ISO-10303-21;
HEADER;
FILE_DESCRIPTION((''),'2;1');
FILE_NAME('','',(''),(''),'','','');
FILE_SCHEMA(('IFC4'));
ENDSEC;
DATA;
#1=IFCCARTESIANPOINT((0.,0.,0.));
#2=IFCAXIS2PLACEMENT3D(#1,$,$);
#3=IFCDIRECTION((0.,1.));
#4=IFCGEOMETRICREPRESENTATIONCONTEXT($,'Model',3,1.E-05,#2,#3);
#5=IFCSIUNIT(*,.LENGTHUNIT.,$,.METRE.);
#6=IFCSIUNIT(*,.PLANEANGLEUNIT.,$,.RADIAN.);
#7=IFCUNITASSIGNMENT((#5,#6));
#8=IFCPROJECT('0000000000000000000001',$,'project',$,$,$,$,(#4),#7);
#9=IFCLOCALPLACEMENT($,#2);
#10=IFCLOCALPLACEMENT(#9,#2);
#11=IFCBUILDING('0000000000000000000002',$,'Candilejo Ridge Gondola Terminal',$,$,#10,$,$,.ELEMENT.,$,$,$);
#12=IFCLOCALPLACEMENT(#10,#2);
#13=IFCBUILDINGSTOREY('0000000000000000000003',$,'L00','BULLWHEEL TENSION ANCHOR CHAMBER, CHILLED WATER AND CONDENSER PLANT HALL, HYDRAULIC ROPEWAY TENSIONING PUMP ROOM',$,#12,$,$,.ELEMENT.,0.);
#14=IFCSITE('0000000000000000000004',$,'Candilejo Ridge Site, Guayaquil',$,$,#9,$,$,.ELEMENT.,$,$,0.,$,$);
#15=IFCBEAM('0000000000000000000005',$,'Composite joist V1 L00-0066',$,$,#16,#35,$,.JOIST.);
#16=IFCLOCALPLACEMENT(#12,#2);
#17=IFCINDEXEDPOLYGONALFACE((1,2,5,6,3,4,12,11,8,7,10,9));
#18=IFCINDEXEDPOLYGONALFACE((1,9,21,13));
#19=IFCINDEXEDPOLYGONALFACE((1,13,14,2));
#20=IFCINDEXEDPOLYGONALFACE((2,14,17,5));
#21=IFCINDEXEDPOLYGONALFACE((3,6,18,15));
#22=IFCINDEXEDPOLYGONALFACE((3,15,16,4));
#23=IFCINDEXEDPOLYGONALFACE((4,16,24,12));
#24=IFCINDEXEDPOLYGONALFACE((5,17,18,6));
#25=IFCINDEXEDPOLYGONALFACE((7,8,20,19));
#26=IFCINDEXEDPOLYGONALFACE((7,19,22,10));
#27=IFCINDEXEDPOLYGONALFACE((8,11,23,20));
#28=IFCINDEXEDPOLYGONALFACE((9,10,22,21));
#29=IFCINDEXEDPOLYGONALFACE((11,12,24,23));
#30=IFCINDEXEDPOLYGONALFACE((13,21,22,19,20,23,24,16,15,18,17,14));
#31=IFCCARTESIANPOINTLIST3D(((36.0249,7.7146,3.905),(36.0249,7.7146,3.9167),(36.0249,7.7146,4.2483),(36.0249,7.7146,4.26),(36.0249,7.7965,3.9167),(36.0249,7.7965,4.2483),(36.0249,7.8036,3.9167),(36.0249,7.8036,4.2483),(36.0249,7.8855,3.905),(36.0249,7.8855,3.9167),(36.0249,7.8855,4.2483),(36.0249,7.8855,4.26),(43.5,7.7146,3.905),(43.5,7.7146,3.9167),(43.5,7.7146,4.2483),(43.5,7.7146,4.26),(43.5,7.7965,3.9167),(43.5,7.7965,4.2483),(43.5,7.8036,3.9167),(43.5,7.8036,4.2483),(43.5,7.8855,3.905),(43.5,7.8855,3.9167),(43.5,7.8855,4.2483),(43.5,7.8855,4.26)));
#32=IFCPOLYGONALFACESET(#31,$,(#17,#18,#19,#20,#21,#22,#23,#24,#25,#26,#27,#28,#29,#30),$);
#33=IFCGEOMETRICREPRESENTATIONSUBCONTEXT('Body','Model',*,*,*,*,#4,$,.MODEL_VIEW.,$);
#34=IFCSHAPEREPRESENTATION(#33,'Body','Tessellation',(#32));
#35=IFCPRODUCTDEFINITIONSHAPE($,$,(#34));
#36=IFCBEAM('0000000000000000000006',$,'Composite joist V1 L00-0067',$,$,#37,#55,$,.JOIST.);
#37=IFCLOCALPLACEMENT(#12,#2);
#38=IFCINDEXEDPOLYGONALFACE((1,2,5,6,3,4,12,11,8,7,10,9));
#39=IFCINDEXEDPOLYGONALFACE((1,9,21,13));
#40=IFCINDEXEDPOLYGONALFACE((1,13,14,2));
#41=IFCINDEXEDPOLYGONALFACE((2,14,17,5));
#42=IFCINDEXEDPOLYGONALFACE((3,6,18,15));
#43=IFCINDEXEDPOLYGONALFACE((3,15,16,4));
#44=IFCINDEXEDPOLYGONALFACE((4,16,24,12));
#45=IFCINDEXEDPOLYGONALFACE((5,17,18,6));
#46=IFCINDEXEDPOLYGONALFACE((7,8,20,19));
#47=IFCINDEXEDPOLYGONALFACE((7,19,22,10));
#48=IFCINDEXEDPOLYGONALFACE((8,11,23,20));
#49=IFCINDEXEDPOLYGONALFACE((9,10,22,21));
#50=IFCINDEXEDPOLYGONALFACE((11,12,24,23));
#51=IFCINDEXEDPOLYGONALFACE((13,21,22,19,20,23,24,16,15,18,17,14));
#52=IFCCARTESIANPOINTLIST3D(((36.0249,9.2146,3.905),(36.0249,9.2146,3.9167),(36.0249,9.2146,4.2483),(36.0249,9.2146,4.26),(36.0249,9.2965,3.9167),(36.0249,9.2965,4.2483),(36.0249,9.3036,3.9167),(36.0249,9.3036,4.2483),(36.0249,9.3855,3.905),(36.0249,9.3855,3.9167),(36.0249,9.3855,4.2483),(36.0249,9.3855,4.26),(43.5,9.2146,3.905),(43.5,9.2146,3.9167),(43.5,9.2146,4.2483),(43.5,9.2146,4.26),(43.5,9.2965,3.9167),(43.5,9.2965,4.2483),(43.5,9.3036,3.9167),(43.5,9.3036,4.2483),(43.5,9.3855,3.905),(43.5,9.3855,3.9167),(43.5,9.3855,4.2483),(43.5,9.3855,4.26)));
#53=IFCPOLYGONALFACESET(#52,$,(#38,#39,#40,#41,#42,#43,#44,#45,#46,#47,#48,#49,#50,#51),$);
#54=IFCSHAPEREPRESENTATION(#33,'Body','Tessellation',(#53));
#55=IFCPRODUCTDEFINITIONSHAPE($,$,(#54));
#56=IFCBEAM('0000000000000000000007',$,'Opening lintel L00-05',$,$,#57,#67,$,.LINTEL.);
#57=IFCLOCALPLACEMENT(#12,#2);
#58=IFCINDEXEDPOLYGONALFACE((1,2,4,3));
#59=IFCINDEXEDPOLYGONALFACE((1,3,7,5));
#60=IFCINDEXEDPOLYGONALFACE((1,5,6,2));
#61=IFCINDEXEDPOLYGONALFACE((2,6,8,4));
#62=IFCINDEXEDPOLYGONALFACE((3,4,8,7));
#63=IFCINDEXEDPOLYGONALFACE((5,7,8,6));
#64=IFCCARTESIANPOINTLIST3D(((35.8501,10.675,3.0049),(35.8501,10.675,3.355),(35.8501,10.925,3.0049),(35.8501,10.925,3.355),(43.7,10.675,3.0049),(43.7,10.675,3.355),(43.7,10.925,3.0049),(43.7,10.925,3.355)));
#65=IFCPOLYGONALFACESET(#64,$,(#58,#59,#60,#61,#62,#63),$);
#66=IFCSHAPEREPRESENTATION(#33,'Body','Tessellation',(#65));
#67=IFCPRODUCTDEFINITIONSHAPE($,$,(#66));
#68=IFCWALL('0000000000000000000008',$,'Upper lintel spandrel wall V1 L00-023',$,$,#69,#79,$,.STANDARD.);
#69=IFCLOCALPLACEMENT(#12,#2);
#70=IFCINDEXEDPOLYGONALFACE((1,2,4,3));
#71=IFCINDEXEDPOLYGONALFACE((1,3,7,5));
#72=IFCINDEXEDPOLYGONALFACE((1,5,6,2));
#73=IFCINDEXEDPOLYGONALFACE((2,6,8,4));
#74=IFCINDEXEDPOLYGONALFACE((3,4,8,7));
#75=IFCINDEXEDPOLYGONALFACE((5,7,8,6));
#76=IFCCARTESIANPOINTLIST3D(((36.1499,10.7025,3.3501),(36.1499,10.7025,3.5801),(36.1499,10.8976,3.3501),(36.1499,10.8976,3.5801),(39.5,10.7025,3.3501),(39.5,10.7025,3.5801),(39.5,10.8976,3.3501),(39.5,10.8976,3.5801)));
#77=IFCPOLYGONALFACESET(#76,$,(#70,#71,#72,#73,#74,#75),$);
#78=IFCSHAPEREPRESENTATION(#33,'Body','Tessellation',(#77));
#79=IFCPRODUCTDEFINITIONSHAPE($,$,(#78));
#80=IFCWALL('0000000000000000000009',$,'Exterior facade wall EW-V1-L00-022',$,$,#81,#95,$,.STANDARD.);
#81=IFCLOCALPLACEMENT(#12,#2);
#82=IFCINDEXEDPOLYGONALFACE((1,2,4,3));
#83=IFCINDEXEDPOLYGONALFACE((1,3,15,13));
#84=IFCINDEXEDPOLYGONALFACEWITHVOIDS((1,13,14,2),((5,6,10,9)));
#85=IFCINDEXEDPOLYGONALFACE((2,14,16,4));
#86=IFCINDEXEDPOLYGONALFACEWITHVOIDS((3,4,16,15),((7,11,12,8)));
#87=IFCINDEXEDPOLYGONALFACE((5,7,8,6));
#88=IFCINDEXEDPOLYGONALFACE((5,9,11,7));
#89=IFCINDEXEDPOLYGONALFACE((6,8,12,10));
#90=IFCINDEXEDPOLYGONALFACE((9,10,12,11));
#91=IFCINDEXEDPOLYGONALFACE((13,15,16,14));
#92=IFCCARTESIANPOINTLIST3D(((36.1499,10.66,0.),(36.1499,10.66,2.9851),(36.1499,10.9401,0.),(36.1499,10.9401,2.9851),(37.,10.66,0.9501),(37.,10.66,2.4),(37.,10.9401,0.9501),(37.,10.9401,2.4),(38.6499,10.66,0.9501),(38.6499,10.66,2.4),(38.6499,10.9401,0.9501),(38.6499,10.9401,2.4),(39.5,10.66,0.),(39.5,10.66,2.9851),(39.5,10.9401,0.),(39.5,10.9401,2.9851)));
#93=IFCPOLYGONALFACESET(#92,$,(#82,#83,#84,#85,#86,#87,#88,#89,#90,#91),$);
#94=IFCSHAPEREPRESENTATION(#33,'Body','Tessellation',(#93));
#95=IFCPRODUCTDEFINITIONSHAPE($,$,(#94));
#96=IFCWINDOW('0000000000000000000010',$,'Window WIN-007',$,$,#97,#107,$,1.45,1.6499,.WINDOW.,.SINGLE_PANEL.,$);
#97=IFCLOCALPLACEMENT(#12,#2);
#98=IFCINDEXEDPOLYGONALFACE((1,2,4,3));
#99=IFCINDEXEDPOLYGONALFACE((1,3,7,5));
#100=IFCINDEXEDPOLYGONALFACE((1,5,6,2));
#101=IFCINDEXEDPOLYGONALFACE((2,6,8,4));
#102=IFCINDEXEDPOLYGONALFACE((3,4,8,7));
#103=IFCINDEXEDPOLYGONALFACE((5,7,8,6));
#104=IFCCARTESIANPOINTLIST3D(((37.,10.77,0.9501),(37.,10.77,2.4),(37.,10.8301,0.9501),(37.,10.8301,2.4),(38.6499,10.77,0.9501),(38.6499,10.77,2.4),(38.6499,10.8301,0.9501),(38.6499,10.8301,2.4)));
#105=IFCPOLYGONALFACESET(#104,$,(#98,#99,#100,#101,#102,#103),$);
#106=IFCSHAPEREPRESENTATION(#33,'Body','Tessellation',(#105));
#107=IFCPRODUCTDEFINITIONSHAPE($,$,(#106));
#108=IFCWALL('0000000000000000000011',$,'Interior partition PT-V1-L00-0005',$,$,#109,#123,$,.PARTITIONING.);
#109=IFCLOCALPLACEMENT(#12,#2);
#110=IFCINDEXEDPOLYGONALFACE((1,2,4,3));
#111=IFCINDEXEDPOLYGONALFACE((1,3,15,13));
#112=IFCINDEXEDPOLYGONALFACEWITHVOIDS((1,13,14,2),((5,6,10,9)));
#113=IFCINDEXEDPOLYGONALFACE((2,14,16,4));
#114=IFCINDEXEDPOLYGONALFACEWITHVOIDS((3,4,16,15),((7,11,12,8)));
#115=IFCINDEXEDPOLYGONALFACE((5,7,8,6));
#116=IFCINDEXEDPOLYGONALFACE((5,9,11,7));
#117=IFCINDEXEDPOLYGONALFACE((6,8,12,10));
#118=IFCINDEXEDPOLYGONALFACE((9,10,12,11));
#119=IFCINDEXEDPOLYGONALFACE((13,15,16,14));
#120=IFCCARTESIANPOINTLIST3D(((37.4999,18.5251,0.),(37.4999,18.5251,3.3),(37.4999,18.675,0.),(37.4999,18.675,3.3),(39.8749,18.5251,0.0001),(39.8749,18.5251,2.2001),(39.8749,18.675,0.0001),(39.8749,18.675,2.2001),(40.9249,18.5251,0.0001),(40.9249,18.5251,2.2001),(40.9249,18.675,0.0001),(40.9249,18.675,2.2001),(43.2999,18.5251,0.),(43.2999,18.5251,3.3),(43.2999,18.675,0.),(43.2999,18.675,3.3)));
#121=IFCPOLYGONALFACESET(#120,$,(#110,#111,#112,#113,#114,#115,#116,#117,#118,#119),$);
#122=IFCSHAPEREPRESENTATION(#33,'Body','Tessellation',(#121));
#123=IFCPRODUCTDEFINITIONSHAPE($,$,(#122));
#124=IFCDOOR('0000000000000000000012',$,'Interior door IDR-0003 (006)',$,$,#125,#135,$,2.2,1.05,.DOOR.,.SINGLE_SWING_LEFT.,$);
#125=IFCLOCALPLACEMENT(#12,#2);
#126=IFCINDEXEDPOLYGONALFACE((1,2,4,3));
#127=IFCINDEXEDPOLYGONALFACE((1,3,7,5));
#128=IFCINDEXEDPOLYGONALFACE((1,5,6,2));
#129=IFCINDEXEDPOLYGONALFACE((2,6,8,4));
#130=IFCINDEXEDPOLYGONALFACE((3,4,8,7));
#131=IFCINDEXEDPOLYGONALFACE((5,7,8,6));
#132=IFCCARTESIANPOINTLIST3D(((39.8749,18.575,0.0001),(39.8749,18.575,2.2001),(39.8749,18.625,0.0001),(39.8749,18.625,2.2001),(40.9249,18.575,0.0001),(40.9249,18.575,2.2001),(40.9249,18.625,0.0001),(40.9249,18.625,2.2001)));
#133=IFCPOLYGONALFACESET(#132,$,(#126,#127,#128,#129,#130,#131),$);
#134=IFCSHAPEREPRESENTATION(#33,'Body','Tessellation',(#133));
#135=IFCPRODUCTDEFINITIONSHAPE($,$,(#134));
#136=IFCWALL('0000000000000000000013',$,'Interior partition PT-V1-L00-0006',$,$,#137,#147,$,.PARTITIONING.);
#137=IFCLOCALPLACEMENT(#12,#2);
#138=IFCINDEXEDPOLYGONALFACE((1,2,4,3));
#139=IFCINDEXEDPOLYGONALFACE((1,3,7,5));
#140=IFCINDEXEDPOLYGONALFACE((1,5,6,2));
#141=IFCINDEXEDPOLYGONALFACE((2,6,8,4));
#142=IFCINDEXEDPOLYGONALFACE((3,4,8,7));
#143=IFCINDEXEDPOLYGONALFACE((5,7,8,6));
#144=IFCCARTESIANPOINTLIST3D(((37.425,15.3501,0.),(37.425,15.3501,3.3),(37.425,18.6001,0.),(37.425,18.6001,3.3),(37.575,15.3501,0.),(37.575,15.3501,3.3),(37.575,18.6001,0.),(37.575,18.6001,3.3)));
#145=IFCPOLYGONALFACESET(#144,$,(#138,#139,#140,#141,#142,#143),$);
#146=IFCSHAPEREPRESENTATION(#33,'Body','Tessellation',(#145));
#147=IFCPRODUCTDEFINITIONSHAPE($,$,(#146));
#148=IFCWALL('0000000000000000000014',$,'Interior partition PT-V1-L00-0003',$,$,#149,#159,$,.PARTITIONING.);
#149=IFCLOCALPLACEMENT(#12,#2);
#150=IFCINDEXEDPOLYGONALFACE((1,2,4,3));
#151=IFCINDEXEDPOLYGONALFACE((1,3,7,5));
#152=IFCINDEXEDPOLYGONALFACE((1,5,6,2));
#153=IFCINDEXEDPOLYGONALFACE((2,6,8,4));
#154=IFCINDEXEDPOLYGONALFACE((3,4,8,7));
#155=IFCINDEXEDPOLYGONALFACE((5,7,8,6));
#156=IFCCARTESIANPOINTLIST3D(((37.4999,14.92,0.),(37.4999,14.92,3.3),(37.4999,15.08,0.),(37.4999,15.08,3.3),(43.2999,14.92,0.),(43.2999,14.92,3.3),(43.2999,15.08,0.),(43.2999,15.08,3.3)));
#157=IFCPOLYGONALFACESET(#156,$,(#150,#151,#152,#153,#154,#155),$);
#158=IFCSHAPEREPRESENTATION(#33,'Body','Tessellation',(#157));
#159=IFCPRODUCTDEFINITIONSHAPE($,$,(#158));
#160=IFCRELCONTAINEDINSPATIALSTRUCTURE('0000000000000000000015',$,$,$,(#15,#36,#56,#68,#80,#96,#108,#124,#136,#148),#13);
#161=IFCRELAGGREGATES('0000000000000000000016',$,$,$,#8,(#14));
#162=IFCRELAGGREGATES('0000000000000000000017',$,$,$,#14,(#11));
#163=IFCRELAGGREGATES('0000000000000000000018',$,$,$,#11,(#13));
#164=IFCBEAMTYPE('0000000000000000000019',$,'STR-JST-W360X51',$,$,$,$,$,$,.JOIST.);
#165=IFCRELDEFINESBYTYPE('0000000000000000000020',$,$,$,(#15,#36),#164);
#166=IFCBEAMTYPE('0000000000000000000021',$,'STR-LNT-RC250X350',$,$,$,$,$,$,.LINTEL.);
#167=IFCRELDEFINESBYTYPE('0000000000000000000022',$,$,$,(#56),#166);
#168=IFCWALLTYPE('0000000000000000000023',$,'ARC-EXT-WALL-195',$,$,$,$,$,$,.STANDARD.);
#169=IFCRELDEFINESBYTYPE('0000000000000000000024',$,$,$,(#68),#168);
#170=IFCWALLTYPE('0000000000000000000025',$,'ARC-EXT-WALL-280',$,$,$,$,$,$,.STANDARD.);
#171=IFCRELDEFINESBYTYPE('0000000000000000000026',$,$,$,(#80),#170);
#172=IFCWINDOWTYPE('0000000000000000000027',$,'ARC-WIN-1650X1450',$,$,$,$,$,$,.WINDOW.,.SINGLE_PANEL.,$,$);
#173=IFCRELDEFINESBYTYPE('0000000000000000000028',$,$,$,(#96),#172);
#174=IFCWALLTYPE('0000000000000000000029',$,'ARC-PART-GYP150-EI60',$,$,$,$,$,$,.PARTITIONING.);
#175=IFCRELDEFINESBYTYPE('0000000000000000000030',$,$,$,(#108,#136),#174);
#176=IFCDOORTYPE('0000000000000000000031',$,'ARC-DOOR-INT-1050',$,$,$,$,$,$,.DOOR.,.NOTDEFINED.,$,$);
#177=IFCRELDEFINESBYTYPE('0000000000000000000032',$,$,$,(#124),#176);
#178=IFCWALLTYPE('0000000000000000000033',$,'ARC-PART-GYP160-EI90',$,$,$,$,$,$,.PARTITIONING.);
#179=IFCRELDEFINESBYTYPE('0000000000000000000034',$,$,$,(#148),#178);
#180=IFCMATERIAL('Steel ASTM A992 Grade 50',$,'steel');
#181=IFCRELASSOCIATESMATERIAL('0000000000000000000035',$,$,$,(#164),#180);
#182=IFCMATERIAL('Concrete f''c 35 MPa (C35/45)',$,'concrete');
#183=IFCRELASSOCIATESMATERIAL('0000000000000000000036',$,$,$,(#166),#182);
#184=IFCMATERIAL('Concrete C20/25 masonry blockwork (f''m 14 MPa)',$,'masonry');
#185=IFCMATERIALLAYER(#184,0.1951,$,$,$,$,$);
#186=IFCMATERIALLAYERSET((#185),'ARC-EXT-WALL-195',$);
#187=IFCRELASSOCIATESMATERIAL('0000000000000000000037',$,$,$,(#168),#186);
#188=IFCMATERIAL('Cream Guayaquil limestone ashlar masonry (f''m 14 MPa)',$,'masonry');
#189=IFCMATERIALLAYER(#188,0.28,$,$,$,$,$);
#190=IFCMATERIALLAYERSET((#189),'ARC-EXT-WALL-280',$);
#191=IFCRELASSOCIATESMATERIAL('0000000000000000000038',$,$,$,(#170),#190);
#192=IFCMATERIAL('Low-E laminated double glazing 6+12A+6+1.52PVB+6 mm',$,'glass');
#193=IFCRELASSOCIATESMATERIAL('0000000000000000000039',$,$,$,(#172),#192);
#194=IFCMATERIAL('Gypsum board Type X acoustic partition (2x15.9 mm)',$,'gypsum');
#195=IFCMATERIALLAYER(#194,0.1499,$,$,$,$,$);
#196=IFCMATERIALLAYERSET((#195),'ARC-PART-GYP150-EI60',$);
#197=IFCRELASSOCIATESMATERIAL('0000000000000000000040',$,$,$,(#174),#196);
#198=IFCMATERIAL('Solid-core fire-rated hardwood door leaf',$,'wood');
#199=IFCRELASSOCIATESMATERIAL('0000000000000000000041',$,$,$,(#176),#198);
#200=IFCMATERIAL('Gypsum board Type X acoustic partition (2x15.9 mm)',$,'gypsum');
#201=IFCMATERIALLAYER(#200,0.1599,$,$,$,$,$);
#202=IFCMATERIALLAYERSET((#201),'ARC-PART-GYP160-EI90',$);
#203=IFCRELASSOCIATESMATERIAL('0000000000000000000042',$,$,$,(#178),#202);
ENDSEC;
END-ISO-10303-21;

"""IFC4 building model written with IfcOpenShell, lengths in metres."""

from ifc_helpers import new_model, si_unit, direction, frame, frame_2d, origin, origin_2d, place, context, subcontext, project, spatial, rectangle, i_section, extrude, material, layer, layer_set, material_profile, profile_set, type_object, element, fill, save


model = new_model("IFC4")

# Units and contexts
model_context = context("Model", 3, precision=1e-05, world=origin(), true_north=direction((0.0, 1.0)))
body_context = subcontext(model_context, "Body", "Model", "MODEL_VIEW")
ifc_project = project(units=[si_unit("LENGTHUNIT", "METRE"), si_unit("PLANEANGLEUNIT", "RADIAN")], contexts=[model_context])

# Site, building, storey
site_placement = place(None, origin())
site = spatial("IfcSite", under=ifc_project, at=site_placement, Name="Candilejo Ridge Site, Guayaquil", CompositionType="ELEMENT", RefElevation=0.0)
building_placement = place(site_placement, origin())
building = spatial("IfcBuilding", under=site, at=building_placement, Name="Candilejo Ridge Gondola Terminal", CompositionType="ELEMENT")
storey_placement = place(building_placement, origin())
storey = spatial("IfcBuildingStorey", under=building, at=storey_placement, Name="L00", Description="BULLWHEEL TENSION ANCHOR CHAMBER, CHILLED WATER AND CONDENSER PLANT HALL, HYDRAULIC ROPEWAY TENSIONING PUMP ROOM", CompositionType="ELEMENT", Elevation=0.0)

# Beams
ifc_material_1 = material(Name="Steel ASTM A992 Grade 50", Category="steel")
ifc_material_profile_1 = material_profile(ifc_material_1, i_section(OverallWidth=0.1709, OverallDepth=0.355, WebThickness=0.0071, FlangeThickness=0.0117, at=origin_2d()))
ifc_profile_set_1 = profile_set([ifc_material_profile_1], Name="Steel ASTM A992 Grade 50")
beam_type_1 = type_object("IfcBeamType", Name="STR-JST-W360X51", PredefinedType="JOIST", material=ifc_profile_set_1)
for number, where, z_axis, x_axis, name in (
    (1, (36.0249, 7.8, 4.0825), (1.0, 0.0, 0.0), (0.0, 1.0, 0.0), "Composite joist V1 L00-0066"),
    (2, (36.0249, 9.3, 4.0825), (1.0, 0.0, 0.0), (0.0, 1.0, 0.0), "Composite joist V1 L00-0067"),
):
    element("IfcBeam", number, at=place(storey_placement, frame(where, z_axis=z_axis, x_axis=x_axis)), inside=storey, type_object=beam_type_1, Name=name, PredefinedType="JOIST", context=body_context, shape_type="SweptSolid", body=[
        extrude(i_section(OverallWidth=0.1709, OverallDepth=0.355, WebThickness=0.0071, FlangeThickness=0.0117, at=origin_2d()), origin(), (0.0, 0.0, 1.0), 7.4751),
    ])
ifc_material_2 = material(Name="Concrete f'c 35 MPa (C35/45)", Category="concrete")
ifc_material_profile_2 = material_profile(ifc_material_2, rectangle(XDim=0.25, YDim=0.3501, at=origin_2d()))
ifc_profile_set_2 = profile_set([ifc_material_profile_2], Name="Concrete f'c 35 MPa (C35/45)")
beam_type_2 = type_object("IfcBeamType", Name="STR-LNT-RC250X350", PredefinedType="LINTEL", material=ifc_profile_set_2)
beam_1_placement = place(storey_placement, frame((35.8501, 10.8, 3.1799), z_axis=(1.0, 0.0, 0.0), x_axis=(0.0, 1.0, 0.0)))
element("IfcBeam", 3, at=beam_1_placement, inside=storey, type_object=beam_type_2, Name="Opening lintel L00-05", PredefinedType="LINTEL", context=body_context, shape_type="SweptSolid", body=[
    extrude(rectangle(XDim=0.25, YDim=0.3501, at=origin_2d()), origin(), (0.0, 0.0, 1.0), 7.8499),
])

# Wall
ifc_material_3 = material(Name="Concrete C20/25 masonry blockwork (f'm 14 MPa)", Category="masonry")
ifc_layer_1 = layer(ifc_material_3, 0.1951)
ifc_layer_set_1 = layer_set([ifc_layer_1], Name="ARC-EXT-WALL-195")
wall_type_1 = type_object("IfcWallType", Name="ARC-EXT-WALL-195", PredefinedType="STANDARD", material=ifc_layer_set_1)
wall_1_placement = place(storey_placement, frame((39.5, 10.8, 3.3501), z_axis=(0.0, 0.0, 1.0), x_axis=(-1.0, 0.0, 0.0)))
element("IfcWall", 4, at=wall_1_placement, inside=storey, type_object=wall_type_1, Name="Upper lintel spandrel wall V1 L00-023", PredefinedType="STANDARD", context=body_context, shape_type="SweptSolid", body=[
    extrude(rectangle(XDim=3.3501, YDim=0.1951, at=frame_2d((1.675, 0.0))), origin(), (0.0, 0.0, 1.0), 0.23),
])

# Wall, opening, window
ifc_material_4 = material(Name="Cream Guayaquil limestone ashlar masonry (f'm 14 MPa)", Category="masonry")
ifc_layer_2 = layer(ifc_material_4, 0.28)
ifc_layer_set_2 = layer_set([ifc_layer_2], Name="ARC-EXT-WALL-280")
wall_type_2 = type_object("IfcWallType", Name="ARC-EXT-WALL-280", PredefinedType="STANDARD", material=ifc_layer_set_2)
wall_2_placement = place(storey_placement, frame((39.5, 10.8, 0.0), z_axis=(0.0, 0.0, 1.0), x_axis=(-1.0, 0.0, 0.0)))
wall_2 = element("IfcWall", 5, at=wall_2_placement, inside=storey, type_object=wall_type_2, Name="Exterior facade wall EW-V1-L00-022", PredefinedType="STANDARD", context=body_context, shape_type="SweptSolid", body=[
    extrude(rectangle(XDim=3.3501, YDim=0.28, at=frame_2d((1.675, 0.0))), origin(), (0.0, 0.0, 1.0), 2.9851),
])
opening_1_placement = place(wall_2_placement, frame((0.8501, 0.0, 0.95)))
opening_1 = element("IfcOpeningElement", 6, at=opening_1_placement, cuts=wall_2, PredefinedType="OPENING", context=body_context, shape_type="SweptSolid", body=[
    extrude(rectangle(XDim=1.6499, YDim=1.45, at=frame_2d((0.825, 0.7251))), frame((0.0, 0.1499, 0.0), z_axis=(0.0, -1.0, 0.0), x_axis=(1.0, 0.0, 0.0)), (0.0, 0.0, 1.0), 0.3),
])
ifc_material_5 = material(Name="Low-E laminated double glazing 6+12A+6+1.52PVB+6 mm", Category="glass")
window_type = type_object("IfcWindowType", Name="ARC-WIN-1650X1450", PartitioningType="SINGLE_PANEL", PredefinedType="WINDOW", material=ifc_material_5)
window_placement = place(opening_1_placement, origin())
window = element("IfcWindow", 7, at=window_placement, inside=storey, type_object=window_type, Name="Window WIN-007", OverallHeight=1.45, OverallWidth=1.6499, PartitioningType="SINGLE_PANEL", PredefinedType="WINDOW", context=body_context, shape_type="SweptSolid", body=[
    extrude(rectangle(XDim=1.6499, YDim=1.45, at=frame_2d((0.825, 0.7251))), frame((0.0, 0.03, 0.0), z_axis=(0.0, -1.0, 0.0), x_axis=(1.0, 0.0, 0.0)), (0.0, 0.0, 1.0), 0.0601),
])
fill(opening_1, window)

# Wall, opening, door
ifc_material_6 = material(Name="Gypsum board Type X acoustic partition (2x15.9 mm)", Category="gypsum")
ifc_layer_3 = layer(ifc_material_6, 0.1499)
ifc_layer_set_3 = layer_set([ifc_layer_3], Name="ARC-PART-GYP150-EI60")
wall_type_3 = type_object("IfcWallType", Name="ARC-PART-GYP150-EI60", PredefinedType="PARTITIONING", material=ifc_layer_set_3)
wall_3_placement = place(storey_placement, frame((37.5, 18.6001, 0.0), z_axis=(0.0, 0.0, 1.0), x_axis=(1.0, 0.0, 0.0)))
wall_3 = element("IfcWall", 8, at=wall_3_placement, inside=storey, type_object=wall_type_3, Name="Interior partition PT-V1-L00-0005", PredefinedType="PARTITIONING", context=body_context, shape_type="SweptSolid", body=[
    extrude(rectangle(XDim=5.8, YDim=0.1499, at=frame_2d((2.8999, 0.0))), origin(), (0.0, 0.0, 1.0), 3.3),
])
opening_2_placement = place(wall_3_placement, frame((2.375, 0.0, 0.0)))
opening_2 = element("IfcOpeningElement", 9, at=opening_2_placement, cuts=wall_3, PredefinedType="OPENING", context=body_context, shape_type="SweptSolid", body=[
    extrude(rectangle(XDim=1.05, YDim=2.2, at=frame_2d((0.5249, 1.1001))), frame((0.0, 0.085, 0.0), z_axis=(0.0, -1.0, 0.0), x_axis=(1.0, 0.0, 0.0)), (0.0, 0.0, 1.0), 0.1699),
])
ifc_material_7 = material(Name="Solid-core fire-rated hardwood door leaf", Category="wood")
door_type = type_object("IfcDoorType", Name="ARC-DOOR-INT-1050", OperationType="NOTDEFINED", PredefinedType="DOOR", material=ifc_material_7)
door_1_placement = place(opening_2_placement, origin())
door_1 = element("IfcDoor", 10, at=door_1_placement, inside=storey, type_object=door_type, Name="Interior door IDR-0003 (006)", OperationType="SINGLE_SWING_LEFT", OverallHeight=2.2, OverallWidth=1.05, PredefinedType="DOOR", context=body_context, shape_type="SweptSolid", body=[
    extrude(rectangle(XDim=1.05, YDim=2.2, at=frame_2d((0.5249, 1.1001))), frame((0.0, 0.0249, 0.0), z_axis=(0.0, -1.0, 0.0), x_axis=(1.0, 0.0, 0.0)), (0.0, 0.0, 1.0), 0.05),
])
fill(opening_2, door_1)

# Walls
wall_4_placement = place(storey_placement, frame((37.5, 15.3501, 0.0), z_axis=(0.0, 0.0, 1.0), x_axis=(0.0, 1.0, 0.0)))
element("IfcWall", 11, at=wall_4_placement, inside=storey, type_object=wall_type_3, Name="Interior partition PT-V1-L00-0006", PredefinedType="PARTITIONING", context=body_context, shape_type="SweptSolid", body=[
    extrude(rectangle(XDim=3.25, YDim=0.1499, at=frame_2d((1.625, 0.0))), origin(), (0.0, 0.0, 1.0), 3.3),
])
ifc_material_8 = material(Name="Gypsum board Type X acoustic partition (2x15.9 mm)", Category="gypsum")
ifc_layer_4 = layer(ifc_material_8, 0.1599)
ifc_layer_set_4 = layer_set([ifc_layer_4], Name="ARC-PART-GYP160-EI90")
wall_type_4 = type_object("IfcWallType", Name="ARC-PART-GYP160-EI90", PredefinedType="PARTITIONING", material=ifc_layer_set_4)
wall_5_placement = place(storey_placement, frame((37.5, 15.0, 0.0), z_axis=(0.0, 0.0, 1.0), x_axis=(1.0, 0.0, 0.0)))
element("IfcWall", 12, at=wall_5_placement, inside=storey, type_object=wall_type_4, Name="Interior partition PT-V1-L00-0003", PredefinedType="PARTITIONING", context=body_context, shape_type="SweptSolid", body=[
    extrude(rectangle(XDim=5.8, YDim=0.1599, at=frame_2d((2.8999, 0.0))), origin(), (0.0, 0.0, 1.0), 3.3),
])

save(model, "model.ifc")
